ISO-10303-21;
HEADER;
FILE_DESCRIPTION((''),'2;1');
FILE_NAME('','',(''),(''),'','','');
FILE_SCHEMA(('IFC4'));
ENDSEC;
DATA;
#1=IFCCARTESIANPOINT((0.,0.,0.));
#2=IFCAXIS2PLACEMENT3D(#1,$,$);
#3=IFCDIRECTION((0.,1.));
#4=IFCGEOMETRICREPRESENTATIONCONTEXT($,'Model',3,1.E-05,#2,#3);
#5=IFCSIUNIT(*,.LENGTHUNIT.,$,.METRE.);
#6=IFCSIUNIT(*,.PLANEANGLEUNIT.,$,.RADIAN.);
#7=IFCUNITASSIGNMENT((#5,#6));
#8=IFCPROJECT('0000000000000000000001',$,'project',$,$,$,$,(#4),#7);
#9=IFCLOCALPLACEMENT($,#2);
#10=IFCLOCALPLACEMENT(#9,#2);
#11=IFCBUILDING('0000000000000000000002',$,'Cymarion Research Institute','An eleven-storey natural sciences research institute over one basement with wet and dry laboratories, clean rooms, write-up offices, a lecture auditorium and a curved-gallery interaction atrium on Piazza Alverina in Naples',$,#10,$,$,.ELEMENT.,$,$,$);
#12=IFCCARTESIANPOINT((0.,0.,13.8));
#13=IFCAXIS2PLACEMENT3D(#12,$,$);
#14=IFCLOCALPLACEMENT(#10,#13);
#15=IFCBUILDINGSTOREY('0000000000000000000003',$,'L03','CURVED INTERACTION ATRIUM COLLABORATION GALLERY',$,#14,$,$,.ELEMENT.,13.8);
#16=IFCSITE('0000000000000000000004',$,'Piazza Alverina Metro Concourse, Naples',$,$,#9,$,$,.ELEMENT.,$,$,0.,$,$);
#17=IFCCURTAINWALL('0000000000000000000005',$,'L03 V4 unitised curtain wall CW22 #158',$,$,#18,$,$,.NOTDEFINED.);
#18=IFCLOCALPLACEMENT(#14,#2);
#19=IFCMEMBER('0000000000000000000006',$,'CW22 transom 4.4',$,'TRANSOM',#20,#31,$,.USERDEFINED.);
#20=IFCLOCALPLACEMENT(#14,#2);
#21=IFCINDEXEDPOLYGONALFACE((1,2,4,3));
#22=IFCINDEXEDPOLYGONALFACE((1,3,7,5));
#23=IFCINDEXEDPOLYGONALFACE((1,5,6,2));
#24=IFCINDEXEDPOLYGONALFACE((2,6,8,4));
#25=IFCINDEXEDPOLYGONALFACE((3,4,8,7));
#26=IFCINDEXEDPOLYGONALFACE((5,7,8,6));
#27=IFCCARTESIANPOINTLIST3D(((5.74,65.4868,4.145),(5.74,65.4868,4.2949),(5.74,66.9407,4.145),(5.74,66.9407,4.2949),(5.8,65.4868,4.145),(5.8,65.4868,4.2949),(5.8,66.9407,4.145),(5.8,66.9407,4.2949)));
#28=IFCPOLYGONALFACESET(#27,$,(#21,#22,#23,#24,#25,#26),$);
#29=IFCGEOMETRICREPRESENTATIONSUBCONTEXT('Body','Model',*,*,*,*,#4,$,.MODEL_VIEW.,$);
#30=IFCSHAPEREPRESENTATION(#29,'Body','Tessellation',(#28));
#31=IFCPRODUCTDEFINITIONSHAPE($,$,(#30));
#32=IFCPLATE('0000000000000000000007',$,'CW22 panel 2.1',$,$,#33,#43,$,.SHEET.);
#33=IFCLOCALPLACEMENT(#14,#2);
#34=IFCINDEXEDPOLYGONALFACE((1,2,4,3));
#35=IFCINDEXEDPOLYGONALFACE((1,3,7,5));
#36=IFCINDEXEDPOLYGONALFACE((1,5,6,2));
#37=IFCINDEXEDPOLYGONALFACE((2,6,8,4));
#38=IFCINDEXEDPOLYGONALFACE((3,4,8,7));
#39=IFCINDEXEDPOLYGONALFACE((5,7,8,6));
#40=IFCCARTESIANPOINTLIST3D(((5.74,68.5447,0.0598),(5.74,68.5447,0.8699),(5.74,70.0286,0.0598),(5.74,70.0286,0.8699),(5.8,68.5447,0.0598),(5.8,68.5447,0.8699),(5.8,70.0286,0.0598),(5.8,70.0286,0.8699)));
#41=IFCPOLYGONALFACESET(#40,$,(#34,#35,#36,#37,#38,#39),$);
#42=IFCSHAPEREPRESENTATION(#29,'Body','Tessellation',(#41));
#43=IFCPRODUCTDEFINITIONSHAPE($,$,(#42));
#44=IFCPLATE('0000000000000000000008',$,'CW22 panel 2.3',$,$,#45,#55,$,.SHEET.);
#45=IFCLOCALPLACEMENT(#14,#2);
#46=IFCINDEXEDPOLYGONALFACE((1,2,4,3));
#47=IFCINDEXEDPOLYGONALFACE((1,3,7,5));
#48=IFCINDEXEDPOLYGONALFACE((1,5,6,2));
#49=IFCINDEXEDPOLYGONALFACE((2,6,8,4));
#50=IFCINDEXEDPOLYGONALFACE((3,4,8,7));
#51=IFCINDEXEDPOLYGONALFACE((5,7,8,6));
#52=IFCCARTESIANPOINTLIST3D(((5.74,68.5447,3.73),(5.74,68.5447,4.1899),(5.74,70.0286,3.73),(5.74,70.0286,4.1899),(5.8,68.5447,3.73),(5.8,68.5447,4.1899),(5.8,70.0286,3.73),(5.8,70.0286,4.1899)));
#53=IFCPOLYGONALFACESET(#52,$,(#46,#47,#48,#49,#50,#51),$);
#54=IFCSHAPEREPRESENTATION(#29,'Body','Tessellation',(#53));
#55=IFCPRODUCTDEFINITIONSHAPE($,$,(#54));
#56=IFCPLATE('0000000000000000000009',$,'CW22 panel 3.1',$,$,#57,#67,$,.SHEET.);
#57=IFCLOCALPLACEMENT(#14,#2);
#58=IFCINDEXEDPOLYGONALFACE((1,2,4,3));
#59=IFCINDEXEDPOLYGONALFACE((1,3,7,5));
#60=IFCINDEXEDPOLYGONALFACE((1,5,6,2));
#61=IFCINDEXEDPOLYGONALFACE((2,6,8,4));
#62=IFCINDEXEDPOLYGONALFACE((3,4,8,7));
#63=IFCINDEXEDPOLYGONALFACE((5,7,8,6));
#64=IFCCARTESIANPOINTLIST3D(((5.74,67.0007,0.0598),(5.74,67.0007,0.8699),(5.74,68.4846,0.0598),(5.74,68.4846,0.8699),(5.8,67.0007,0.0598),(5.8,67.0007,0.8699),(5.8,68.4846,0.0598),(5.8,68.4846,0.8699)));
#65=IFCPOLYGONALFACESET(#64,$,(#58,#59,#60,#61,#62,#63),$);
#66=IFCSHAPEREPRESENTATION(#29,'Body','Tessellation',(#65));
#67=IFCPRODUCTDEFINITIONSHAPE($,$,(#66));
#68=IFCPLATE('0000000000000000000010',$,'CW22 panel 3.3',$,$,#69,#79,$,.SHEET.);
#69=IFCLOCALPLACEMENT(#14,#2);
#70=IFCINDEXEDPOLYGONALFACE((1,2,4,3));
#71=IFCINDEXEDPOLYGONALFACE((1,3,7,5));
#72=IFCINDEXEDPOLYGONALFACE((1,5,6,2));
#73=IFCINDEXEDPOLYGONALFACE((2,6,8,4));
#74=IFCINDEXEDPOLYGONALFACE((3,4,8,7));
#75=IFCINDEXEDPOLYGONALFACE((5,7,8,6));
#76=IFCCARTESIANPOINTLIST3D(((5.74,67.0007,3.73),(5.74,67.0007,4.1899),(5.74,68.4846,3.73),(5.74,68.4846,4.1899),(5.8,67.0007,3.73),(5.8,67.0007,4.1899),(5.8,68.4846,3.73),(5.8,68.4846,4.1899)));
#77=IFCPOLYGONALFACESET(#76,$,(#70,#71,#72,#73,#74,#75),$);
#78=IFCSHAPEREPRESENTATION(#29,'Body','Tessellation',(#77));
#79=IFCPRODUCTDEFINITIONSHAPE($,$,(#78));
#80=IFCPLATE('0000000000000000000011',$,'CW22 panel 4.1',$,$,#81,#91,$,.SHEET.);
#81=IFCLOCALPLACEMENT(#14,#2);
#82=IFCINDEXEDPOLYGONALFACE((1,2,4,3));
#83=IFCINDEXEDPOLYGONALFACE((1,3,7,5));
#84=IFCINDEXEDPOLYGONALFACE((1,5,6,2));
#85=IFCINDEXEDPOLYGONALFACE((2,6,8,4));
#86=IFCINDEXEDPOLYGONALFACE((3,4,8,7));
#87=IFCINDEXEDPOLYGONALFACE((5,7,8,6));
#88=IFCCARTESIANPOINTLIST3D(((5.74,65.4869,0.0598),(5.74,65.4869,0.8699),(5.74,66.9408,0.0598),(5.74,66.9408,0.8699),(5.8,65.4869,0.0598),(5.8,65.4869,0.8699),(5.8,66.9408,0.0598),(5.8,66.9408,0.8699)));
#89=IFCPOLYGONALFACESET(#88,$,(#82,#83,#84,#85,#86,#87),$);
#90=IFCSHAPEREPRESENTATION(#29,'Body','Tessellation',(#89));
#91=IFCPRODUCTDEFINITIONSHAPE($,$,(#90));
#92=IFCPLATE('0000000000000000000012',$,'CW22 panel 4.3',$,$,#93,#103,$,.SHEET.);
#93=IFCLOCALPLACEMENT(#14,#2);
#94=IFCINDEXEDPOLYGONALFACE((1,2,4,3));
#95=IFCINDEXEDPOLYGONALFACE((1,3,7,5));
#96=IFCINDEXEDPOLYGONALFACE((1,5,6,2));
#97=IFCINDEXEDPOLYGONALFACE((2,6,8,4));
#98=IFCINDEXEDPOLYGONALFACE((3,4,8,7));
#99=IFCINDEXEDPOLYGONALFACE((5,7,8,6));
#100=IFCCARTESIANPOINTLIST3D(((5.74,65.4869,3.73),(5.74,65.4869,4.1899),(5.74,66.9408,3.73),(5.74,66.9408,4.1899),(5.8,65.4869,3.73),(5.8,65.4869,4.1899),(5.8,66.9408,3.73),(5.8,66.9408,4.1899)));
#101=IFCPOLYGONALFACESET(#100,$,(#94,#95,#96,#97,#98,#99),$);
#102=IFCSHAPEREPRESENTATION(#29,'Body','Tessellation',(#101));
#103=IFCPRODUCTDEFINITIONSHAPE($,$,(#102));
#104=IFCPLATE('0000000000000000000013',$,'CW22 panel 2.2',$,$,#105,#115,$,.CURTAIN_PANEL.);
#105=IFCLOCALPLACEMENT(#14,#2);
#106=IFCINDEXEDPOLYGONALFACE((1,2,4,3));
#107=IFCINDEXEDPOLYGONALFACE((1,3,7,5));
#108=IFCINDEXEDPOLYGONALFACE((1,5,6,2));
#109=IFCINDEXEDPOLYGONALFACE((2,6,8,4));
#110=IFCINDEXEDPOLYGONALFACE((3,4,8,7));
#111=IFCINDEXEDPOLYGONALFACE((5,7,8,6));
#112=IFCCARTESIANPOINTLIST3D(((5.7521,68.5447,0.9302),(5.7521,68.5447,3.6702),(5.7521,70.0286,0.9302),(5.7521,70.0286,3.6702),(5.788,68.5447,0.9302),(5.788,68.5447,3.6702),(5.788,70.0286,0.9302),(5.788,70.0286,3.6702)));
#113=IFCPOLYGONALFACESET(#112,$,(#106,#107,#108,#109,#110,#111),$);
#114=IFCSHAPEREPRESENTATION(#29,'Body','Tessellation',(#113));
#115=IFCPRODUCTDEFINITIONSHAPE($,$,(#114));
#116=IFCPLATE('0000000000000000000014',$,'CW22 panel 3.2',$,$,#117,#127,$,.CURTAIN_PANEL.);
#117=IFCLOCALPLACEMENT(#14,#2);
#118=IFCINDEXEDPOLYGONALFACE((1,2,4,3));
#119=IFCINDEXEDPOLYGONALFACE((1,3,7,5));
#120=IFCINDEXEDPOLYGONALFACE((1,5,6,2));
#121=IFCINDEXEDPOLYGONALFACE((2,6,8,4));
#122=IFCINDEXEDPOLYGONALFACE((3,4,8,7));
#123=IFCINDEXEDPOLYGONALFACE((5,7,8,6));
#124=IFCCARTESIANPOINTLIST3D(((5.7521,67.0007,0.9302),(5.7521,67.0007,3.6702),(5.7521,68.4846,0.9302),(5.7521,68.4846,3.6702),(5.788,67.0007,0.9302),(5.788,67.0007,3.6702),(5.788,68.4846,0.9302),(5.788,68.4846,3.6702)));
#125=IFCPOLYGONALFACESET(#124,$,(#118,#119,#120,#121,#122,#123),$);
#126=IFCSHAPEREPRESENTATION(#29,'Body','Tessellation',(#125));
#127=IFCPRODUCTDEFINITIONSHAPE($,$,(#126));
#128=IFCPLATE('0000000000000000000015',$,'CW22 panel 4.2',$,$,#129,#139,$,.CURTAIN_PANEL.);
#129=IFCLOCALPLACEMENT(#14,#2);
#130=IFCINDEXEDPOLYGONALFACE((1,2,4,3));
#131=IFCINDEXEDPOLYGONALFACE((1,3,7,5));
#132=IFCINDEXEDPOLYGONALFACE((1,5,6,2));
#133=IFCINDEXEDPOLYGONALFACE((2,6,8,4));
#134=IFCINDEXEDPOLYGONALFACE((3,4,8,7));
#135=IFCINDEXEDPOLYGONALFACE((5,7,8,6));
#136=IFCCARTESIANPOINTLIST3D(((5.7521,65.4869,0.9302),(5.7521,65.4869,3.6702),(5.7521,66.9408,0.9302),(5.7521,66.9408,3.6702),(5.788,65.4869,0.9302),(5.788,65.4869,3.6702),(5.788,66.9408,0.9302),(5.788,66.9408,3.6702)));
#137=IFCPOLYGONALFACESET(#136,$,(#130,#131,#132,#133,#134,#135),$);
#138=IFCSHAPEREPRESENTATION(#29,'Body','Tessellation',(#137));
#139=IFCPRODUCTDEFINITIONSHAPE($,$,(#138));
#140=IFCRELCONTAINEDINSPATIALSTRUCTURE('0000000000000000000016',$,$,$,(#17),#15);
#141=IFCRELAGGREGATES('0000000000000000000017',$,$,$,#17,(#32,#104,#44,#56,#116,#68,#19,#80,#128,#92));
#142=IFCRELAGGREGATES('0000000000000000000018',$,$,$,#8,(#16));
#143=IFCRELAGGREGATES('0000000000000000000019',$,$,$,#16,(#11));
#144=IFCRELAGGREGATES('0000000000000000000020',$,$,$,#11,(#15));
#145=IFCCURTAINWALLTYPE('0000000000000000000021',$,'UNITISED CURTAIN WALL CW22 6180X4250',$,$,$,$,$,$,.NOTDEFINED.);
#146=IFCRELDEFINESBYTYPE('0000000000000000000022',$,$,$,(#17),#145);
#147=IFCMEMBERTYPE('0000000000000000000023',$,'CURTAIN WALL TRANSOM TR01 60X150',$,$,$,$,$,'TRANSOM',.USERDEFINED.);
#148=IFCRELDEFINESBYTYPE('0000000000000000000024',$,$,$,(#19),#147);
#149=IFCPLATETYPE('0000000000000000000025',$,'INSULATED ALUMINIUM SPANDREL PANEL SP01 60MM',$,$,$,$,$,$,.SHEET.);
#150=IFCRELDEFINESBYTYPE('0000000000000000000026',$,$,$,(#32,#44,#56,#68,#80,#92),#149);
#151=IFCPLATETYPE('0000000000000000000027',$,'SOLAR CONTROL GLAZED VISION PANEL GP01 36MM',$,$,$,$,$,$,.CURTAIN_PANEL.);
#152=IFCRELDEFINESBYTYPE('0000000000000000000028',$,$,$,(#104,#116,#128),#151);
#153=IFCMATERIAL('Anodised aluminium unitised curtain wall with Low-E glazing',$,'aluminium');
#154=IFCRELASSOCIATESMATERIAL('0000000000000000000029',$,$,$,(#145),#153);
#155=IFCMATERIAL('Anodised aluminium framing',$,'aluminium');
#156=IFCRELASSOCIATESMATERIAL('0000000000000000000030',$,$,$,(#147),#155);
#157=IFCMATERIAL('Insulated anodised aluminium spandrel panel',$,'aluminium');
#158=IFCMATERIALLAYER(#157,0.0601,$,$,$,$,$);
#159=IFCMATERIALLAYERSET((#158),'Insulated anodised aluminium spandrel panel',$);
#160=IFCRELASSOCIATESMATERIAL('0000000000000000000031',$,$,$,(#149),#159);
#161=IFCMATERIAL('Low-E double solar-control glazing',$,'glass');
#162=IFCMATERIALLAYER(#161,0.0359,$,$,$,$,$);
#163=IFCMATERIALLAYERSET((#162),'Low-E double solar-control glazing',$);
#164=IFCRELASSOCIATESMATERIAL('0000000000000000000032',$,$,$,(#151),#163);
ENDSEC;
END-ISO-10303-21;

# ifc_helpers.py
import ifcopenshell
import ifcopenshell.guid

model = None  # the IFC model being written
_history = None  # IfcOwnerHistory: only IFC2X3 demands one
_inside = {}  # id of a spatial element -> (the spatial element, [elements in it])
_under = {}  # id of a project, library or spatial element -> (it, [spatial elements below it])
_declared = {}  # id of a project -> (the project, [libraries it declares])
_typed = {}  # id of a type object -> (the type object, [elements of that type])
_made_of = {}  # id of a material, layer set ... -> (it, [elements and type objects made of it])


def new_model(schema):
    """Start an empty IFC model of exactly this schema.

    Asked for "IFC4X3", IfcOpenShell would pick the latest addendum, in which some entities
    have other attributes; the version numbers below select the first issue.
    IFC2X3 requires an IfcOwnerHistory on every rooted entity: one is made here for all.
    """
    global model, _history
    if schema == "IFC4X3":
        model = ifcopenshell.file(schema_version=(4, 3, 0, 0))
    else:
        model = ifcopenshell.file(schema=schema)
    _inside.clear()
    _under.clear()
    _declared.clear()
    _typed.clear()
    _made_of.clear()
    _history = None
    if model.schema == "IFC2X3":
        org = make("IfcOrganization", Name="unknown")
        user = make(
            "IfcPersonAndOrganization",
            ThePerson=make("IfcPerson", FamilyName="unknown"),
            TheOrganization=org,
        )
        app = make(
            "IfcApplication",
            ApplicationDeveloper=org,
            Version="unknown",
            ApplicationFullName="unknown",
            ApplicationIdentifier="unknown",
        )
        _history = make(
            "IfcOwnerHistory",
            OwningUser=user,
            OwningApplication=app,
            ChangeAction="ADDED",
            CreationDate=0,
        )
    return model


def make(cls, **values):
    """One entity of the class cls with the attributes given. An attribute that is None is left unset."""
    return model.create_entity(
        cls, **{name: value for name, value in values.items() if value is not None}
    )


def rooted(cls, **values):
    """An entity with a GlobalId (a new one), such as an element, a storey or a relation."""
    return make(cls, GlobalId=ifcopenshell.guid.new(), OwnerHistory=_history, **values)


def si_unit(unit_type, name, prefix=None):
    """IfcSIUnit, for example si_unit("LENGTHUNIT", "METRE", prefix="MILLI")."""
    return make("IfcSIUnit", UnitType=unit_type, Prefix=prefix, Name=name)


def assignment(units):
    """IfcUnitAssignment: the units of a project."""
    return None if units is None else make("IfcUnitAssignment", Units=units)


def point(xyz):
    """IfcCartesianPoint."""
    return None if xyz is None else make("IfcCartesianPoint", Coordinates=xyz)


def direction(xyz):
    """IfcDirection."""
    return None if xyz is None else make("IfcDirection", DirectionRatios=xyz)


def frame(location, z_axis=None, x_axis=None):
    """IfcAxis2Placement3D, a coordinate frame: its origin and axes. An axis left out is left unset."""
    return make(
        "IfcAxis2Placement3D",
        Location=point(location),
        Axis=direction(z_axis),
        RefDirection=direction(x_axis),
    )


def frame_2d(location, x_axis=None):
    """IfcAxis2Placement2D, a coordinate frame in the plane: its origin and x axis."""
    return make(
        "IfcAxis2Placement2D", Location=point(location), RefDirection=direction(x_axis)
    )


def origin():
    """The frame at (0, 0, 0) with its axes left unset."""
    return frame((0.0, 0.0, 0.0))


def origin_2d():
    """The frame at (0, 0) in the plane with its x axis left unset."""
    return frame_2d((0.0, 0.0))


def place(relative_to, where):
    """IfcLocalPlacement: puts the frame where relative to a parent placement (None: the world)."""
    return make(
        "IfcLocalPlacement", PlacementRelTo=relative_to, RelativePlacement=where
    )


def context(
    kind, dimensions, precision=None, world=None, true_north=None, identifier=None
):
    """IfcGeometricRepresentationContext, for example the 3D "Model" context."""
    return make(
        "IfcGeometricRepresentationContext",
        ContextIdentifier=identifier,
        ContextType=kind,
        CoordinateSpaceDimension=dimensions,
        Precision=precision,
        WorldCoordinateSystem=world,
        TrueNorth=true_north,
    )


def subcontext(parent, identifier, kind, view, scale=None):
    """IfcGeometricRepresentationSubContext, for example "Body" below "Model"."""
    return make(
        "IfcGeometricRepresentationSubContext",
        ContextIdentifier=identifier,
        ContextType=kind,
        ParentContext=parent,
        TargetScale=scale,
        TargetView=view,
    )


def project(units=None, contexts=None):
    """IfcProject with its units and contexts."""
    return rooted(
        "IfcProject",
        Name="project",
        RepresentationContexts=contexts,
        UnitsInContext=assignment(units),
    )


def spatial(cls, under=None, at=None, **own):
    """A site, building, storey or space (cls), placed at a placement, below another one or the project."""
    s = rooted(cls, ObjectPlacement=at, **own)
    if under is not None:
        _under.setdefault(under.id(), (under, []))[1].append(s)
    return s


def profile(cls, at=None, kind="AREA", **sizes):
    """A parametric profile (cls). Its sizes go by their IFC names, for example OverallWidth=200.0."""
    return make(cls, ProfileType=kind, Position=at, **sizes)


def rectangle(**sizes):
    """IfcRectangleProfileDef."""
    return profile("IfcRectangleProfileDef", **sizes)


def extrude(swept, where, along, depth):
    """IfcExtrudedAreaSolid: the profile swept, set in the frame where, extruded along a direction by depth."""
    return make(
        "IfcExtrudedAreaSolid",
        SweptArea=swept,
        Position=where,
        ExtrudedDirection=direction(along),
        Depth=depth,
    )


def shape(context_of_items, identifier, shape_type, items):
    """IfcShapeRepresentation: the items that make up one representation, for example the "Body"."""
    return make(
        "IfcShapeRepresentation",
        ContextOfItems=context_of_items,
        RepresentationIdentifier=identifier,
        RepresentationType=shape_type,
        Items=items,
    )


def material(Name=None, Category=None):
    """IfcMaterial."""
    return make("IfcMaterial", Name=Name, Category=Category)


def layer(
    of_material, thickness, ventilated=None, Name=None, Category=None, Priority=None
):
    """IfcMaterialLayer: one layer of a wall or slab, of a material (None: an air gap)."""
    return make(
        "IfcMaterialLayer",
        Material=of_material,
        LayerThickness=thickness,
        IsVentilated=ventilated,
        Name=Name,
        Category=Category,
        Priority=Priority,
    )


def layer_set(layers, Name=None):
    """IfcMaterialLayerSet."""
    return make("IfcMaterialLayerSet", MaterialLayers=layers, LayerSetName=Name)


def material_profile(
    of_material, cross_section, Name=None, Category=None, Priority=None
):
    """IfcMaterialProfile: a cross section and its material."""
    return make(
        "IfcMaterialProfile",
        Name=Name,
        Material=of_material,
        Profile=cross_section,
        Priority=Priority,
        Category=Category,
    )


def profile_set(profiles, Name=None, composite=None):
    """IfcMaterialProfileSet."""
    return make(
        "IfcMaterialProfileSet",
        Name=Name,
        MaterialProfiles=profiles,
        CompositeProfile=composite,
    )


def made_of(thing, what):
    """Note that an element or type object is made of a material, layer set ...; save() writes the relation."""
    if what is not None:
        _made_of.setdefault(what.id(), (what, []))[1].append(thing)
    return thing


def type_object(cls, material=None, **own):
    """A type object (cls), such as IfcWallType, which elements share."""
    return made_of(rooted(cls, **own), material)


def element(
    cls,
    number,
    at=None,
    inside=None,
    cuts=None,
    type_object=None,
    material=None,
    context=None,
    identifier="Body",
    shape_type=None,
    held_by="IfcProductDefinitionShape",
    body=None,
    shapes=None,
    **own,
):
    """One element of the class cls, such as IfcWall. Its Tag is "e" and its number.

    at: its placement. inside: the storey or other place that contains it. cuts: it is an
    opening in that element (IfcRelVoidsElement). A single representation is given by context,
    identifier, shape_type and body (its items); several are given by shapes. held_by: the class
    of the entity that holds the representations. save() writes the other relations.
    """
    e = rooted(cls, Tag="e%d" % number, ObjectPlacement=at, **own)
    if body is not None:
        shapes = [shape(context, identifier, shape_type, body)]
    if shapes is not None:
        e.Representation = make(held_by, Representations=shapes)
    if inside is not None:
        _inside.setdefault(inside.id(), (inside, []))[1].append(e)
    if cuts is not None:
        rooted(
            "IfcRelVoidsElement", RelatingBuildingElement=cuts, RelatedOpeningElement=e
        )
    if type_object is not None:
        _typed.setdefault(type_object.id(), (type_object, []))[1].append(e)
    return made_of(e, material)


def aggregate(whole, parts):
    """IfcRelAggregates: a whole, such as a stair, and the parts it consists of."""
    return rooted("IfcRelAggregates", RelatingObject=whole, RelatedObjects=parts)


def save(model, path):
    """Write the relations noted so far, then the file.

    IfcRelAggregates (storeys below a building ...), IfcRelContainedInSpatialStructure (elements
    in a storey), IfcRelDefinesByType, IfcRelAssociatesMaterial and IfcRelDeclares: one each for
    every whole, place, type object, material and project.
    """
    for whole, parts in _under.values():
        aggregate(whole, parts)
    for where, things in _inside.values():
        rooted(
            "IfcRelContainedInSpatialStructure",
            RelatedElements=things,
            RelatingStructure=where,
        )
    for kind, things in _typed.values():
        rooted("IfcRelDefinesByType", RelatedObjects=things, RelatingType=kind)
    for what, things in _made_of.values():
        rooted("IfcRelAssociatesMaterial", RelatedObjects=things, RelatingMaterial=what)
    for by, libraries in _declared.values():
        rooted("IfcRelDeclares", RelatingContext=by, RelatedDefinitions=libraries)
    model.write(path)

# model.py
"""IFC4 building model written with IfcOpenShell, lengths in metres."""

from ifc_helpers import new_model, si_unit, direction, frame, origin, origin_2d, place, context, subcontext, project, spatial, rectangle, extrude, material, layer, layer_set, material_profile, profile_set, type_object, element, aggregate, save


model = new_model("IFC4")

# Units and contexts
model_context = context("Model", 3, precision=1e-05, world=origin(), true_north=direction((0.0, 1.0)))
body_context = subcontext(model_context, "Body", "Model", "MODEL_VIEW")
ifc_project = project(units=[si_unit("LENGTHUNIT", "METRE"), si_unit("PLANEANGLEUNIT", "RADIAN")], contexts=[model_context])

# Site, building, storey
site_placement = place(None, origin())
site = spatial("IfcSite", under=ifc_project, at=site_placement, Name="Piazza Alverina Metro Concourse, Naples", CompositionType="ELEMENT", RefElevation=0.0)
building_placement = place(site_placement, origin())
building = spatial("IfcBuilding", under=site, at=building_placement, Name="Cymarion Research Institute", Description="An eleven-storey natural sciences research institute over one basement with wet and dry laboratories, clean rooms, write-up offices, a lecture auditorium and a curved-gallery interaction atrium on Piazza Alverina in Naples", CompositionType="ELEMENT")
storey_placement = place(building_placement, frame((0.0, 0.0, 13.8)))
storey = spatial("IfcBuildingStorey", under=building, at=storey_placement, Name="L03", Description="CURVED INTERACTION ATRIUM COLLABORATION GALLERY", CompositionType="ELEMENT", Elevation=13.8)

# Curtain wall, member, plates
ifc_material_1 = material(Name="Anodised aluminium unitised curtain wall with Low-E glazing", Category="aluminium")
curtain_wall_type = type_object("IfcCurtainWallType", Name="UNITISED CURTAIN WALL CW22 6180X4250", PredefinedType="NOTDEFINED", material=ifc_material_1)
curtain_wall_placement = place(storey_placement, origin())
curtain_wall = element("IfcCurtainWall", 1, at=curtain_wall_placement, inside=storey, type_object=curtain_wall_type, Name="L03 V4 unitised curtain wall CW22 #158", PredefinedType="NOTDEFINED")
ifc_material_2 = material(Name="Anodised aluminium framing", Category="aluminium")
ifc_material_profile_1 = material_profile(ifc_material_2, rectangle(XDim=0.0601, YDim=0.1499, at=origin_2d()), Name="ALU TRANSOM 60x150")
ifc_profile_set_1 = profile_set([ifc_material_profile_1], Name="Anodised aluminium framing")
member_type_1 = type_object("IfcMemberType", Name="CURTAIN WALL TRANSOM TR01 60X150", ElementType="TRANSOM", PredefinedType="USERDEFINED", material=ifc_profile_set_1)
member_1_placement = place(storey_placement, frame((5.77, 66.9407, 4.22), z_axis=(0.0, -1.0, 0.0), x_axis=(1.0, 0.0, 0.0)))
member_1 = element("IfcMember", 2, at=member_1_placement, type_object=member_type_1, Name="CW22 transom 4.4", ObjectType="TRANSOM", PredefinedType="USERDEFINED", context=body_context, shape_type="SweptSolid", body=[
    extrude(rectangle(XDim=0.0601, YDim=0.1499, at=origin_2d()), origin(), (0.0, 0.0, 1.0), 1.4539),
])
ifc_material_3 = material(Name="Insulated anodised aluminium spandrel panel", Category="aluminium")
ifc_layer_1 = layer(ifc_material_3, 0.0601)
ifc_layer_set_1 = layer_set([ifc_layer_1], Name="Insulated anodised aluminium spandrel panel")
plate_type_1 = type_object("IfcPlateType", Name="INSULATED ALUMINIUM SPANDREL PANEL SP01 60MM", PredefinedType="SHEET", material=ifc_layer_set_1)
plate_1_placement = place(storey_placement, frame((5.77, 69.2866, 0.0598), z_axis=(0.0, 0.0, 1.0), x_axis=(0.0, -1.0, 0.0)))
plate_1 = element("IfcPlate", 3, at=plate_1_placement, type_object=plate_type_1, Name="CW22 panel 2.1", PredefinedType="SHEET", context=body_context, shape_type="SweptSolid", body=[
    extrude(rectangle(XDim=1.4839, YDim=0.0601, at=origin_2d()), origin(), (0.0, 0.0, 1.0), 0.8101),
])
plate_2_placement = place(storey_placement, frame((5.77, 69.2866, 3.73), z_axis=(0.0, 0.0, 1.0), x_axis=(0.0, -1.0, 0.0)))
plate_2 = element("IfcPlate", 4, at=plate_2_placement, type_object=plate_type_1, Name="CW22 panel 2.3", PredefinedType="SHEET", context=body_context, shape_type="SweptSolid", body=[
    extrude(rectangle(XDim=1.4839, YDim=0.0601, at=origin_2d()), origin(), (0.0, 0.0, 1.0), 0.46),
])
plate_3_placement = place(storey_placement, frame((5.77, 67.7427, 0.0598), z_axis=(0.0, 0.0, 1.0), x_axis=(0.0, -1.0, 0.0)))
plate_3 = element("IfcPlate", 5, at=plate_3_placement, type_object=plate_type_1, Name="CW22 panel 3.1", PredefinedType="SHEET", context=body_context, shape_type="SweptSolid", body=[
    extrude(rectangle(XDim=1.4839, YDim=0.0601, at=origin_2d()), origin(), (0.0, 0.0, 1.0), 0.8101),
])
plate_4_placement = place(storey_placement, frame((5.77, 67.7427, 3.73), z_axis=(0.0, 0.0, 1.0), x_axis=(0.0, -1.0, 0.0)))
plate_4 = element("IfcPlate", 6, at=plate_4_placement, type_object=plate_type_1, Name="CW22 panel 3.3", PredefinedType="SHEET", context=body_context, shape_type="SweptSolid", body=[
    extrude(rectangle(XDim=1.4839, YDim=0.0601, at=origin_2d()), origin(), (0.0, 0.0, 1.0), 0.46),
])
plate_5_placement = place(storey_placement, frame((5.77, 66.2139, 0.0598), z_axis=(0.0, 0.0, 1.0), x_axis=(0.0, -1.0, 0.0)))
plate_5 = element("IfcPlate", 7, at=plate_5_placement, type_object=plate_type_1, Name="CW22 panel 4.1", PredefinedType="SHEET", context=body_context, shape_type="SweptSolid", body=[
    extrude(rectangle(XDim=1.4539, YDim=0.0601, at=origin_2d()), origin(), (0.0, 0.0, 1.0), 0.8101),
])
plate_6_placement = place(storey_placement, frame((5.77, 66.2139, 3.73), z_axis=(0.0, 0.0, 1.0), x_axis=(0.0, -1.0, 0.0)))
plate_6 = element("IfcPlate", 8, at=plate_6_placement, type_object=plate_type_1, Name="CW22 panel 4.3", PredefinedType="SHEET", context=body_context, shape_type="SweptSolid", body=[
    extrude(rectangle(XDim=1.4539, YDim=0.0601, at=origin_2d()), origin(), (0.0, 0.0, 1.0), 0.46),
])
ifc_material_4 = material(Name="Low-E double solar-control glazing", Category="glass")
ifc_layer_2 = layer(ifc_material_4, 0.0359)
ifc_layer_set_2 = layer_set([ifc_layer_2], Name="Low-E double solar-control glazing")
plate_type_2 = type_object("IfcPlateType", Name="SOLAR CONTROL GLAZED VISION PANEL GP01 36MM", PredefinedType="CURTAIN_PANEL", material=ifc_layer_set_2)
plate_7_placement = place(storey_placement, frame((5.77, 69.2866, 0.9302), z_axis=(0.0, 0.0, 1.0), x_axis=(0.0, -1.0, 0.0)))
plate_7 = element("IfcPlate", 9, at=plate_7_placement, type_object=plate_type_2, Name="CW22 panel 2.2", PredefinedType="CURTAIN_PANEL", context=body_context, shape_type="SweptSolid", body=[
    extrude(rectangle(XDim=1.4839, YDim=0.0359, at=origin_2d()), origin(), (0.0, 0.0, 1.0), 2.74),
])
plate_8_placement = place(storey_placement, frame((5.77, 67.7427, 0.9302), z_axis=(0.0, 0.0, 1.0), x_axis=(0.0, -1.0, 0.0)))
plate_8 = element("IfcPlate", 10, at=plate_8_placement, type_object=plate_type_2, Name="CW22 panel 3.2", PredefinedType="CURTAIN_PANEL", context=body_context, shape_type="SweptSolid", body=[
    extrude(rectangle(XDim=1.4839, YDim=0.0359, at=origin_2d()), origin(), (0.0, 0.0, 1.0), 2.74),
])
plate_9_placement = place(storey_placement, frame((5.77, 66.2139, 0.9302), z_axis=(0.0, 0.0, 1.0), x_axis=(0.0, -1.0, 0.0)))
plate_9 = element("IfcPlate", 11, at=plate_9_placement, type_object=plate_type_2, Name="CW22 panel 4.2", PredefinedType="CURTAIN_PANEL", context=body_context, shape_type="SweptSolid", body=[
    extrude(rectangle(XDim=1.4539, YDim=0.0359, at=origin_2d()), origin(), (0.0, 0.0, 1.0), 2.74),
])
aggregate(curtain_wall, [plate_1, plate_7, plate_2, plate_3, plate_8, plate_4, member_1, plate_5, plate_9, plate_6])

save(model, "model.ifc")
